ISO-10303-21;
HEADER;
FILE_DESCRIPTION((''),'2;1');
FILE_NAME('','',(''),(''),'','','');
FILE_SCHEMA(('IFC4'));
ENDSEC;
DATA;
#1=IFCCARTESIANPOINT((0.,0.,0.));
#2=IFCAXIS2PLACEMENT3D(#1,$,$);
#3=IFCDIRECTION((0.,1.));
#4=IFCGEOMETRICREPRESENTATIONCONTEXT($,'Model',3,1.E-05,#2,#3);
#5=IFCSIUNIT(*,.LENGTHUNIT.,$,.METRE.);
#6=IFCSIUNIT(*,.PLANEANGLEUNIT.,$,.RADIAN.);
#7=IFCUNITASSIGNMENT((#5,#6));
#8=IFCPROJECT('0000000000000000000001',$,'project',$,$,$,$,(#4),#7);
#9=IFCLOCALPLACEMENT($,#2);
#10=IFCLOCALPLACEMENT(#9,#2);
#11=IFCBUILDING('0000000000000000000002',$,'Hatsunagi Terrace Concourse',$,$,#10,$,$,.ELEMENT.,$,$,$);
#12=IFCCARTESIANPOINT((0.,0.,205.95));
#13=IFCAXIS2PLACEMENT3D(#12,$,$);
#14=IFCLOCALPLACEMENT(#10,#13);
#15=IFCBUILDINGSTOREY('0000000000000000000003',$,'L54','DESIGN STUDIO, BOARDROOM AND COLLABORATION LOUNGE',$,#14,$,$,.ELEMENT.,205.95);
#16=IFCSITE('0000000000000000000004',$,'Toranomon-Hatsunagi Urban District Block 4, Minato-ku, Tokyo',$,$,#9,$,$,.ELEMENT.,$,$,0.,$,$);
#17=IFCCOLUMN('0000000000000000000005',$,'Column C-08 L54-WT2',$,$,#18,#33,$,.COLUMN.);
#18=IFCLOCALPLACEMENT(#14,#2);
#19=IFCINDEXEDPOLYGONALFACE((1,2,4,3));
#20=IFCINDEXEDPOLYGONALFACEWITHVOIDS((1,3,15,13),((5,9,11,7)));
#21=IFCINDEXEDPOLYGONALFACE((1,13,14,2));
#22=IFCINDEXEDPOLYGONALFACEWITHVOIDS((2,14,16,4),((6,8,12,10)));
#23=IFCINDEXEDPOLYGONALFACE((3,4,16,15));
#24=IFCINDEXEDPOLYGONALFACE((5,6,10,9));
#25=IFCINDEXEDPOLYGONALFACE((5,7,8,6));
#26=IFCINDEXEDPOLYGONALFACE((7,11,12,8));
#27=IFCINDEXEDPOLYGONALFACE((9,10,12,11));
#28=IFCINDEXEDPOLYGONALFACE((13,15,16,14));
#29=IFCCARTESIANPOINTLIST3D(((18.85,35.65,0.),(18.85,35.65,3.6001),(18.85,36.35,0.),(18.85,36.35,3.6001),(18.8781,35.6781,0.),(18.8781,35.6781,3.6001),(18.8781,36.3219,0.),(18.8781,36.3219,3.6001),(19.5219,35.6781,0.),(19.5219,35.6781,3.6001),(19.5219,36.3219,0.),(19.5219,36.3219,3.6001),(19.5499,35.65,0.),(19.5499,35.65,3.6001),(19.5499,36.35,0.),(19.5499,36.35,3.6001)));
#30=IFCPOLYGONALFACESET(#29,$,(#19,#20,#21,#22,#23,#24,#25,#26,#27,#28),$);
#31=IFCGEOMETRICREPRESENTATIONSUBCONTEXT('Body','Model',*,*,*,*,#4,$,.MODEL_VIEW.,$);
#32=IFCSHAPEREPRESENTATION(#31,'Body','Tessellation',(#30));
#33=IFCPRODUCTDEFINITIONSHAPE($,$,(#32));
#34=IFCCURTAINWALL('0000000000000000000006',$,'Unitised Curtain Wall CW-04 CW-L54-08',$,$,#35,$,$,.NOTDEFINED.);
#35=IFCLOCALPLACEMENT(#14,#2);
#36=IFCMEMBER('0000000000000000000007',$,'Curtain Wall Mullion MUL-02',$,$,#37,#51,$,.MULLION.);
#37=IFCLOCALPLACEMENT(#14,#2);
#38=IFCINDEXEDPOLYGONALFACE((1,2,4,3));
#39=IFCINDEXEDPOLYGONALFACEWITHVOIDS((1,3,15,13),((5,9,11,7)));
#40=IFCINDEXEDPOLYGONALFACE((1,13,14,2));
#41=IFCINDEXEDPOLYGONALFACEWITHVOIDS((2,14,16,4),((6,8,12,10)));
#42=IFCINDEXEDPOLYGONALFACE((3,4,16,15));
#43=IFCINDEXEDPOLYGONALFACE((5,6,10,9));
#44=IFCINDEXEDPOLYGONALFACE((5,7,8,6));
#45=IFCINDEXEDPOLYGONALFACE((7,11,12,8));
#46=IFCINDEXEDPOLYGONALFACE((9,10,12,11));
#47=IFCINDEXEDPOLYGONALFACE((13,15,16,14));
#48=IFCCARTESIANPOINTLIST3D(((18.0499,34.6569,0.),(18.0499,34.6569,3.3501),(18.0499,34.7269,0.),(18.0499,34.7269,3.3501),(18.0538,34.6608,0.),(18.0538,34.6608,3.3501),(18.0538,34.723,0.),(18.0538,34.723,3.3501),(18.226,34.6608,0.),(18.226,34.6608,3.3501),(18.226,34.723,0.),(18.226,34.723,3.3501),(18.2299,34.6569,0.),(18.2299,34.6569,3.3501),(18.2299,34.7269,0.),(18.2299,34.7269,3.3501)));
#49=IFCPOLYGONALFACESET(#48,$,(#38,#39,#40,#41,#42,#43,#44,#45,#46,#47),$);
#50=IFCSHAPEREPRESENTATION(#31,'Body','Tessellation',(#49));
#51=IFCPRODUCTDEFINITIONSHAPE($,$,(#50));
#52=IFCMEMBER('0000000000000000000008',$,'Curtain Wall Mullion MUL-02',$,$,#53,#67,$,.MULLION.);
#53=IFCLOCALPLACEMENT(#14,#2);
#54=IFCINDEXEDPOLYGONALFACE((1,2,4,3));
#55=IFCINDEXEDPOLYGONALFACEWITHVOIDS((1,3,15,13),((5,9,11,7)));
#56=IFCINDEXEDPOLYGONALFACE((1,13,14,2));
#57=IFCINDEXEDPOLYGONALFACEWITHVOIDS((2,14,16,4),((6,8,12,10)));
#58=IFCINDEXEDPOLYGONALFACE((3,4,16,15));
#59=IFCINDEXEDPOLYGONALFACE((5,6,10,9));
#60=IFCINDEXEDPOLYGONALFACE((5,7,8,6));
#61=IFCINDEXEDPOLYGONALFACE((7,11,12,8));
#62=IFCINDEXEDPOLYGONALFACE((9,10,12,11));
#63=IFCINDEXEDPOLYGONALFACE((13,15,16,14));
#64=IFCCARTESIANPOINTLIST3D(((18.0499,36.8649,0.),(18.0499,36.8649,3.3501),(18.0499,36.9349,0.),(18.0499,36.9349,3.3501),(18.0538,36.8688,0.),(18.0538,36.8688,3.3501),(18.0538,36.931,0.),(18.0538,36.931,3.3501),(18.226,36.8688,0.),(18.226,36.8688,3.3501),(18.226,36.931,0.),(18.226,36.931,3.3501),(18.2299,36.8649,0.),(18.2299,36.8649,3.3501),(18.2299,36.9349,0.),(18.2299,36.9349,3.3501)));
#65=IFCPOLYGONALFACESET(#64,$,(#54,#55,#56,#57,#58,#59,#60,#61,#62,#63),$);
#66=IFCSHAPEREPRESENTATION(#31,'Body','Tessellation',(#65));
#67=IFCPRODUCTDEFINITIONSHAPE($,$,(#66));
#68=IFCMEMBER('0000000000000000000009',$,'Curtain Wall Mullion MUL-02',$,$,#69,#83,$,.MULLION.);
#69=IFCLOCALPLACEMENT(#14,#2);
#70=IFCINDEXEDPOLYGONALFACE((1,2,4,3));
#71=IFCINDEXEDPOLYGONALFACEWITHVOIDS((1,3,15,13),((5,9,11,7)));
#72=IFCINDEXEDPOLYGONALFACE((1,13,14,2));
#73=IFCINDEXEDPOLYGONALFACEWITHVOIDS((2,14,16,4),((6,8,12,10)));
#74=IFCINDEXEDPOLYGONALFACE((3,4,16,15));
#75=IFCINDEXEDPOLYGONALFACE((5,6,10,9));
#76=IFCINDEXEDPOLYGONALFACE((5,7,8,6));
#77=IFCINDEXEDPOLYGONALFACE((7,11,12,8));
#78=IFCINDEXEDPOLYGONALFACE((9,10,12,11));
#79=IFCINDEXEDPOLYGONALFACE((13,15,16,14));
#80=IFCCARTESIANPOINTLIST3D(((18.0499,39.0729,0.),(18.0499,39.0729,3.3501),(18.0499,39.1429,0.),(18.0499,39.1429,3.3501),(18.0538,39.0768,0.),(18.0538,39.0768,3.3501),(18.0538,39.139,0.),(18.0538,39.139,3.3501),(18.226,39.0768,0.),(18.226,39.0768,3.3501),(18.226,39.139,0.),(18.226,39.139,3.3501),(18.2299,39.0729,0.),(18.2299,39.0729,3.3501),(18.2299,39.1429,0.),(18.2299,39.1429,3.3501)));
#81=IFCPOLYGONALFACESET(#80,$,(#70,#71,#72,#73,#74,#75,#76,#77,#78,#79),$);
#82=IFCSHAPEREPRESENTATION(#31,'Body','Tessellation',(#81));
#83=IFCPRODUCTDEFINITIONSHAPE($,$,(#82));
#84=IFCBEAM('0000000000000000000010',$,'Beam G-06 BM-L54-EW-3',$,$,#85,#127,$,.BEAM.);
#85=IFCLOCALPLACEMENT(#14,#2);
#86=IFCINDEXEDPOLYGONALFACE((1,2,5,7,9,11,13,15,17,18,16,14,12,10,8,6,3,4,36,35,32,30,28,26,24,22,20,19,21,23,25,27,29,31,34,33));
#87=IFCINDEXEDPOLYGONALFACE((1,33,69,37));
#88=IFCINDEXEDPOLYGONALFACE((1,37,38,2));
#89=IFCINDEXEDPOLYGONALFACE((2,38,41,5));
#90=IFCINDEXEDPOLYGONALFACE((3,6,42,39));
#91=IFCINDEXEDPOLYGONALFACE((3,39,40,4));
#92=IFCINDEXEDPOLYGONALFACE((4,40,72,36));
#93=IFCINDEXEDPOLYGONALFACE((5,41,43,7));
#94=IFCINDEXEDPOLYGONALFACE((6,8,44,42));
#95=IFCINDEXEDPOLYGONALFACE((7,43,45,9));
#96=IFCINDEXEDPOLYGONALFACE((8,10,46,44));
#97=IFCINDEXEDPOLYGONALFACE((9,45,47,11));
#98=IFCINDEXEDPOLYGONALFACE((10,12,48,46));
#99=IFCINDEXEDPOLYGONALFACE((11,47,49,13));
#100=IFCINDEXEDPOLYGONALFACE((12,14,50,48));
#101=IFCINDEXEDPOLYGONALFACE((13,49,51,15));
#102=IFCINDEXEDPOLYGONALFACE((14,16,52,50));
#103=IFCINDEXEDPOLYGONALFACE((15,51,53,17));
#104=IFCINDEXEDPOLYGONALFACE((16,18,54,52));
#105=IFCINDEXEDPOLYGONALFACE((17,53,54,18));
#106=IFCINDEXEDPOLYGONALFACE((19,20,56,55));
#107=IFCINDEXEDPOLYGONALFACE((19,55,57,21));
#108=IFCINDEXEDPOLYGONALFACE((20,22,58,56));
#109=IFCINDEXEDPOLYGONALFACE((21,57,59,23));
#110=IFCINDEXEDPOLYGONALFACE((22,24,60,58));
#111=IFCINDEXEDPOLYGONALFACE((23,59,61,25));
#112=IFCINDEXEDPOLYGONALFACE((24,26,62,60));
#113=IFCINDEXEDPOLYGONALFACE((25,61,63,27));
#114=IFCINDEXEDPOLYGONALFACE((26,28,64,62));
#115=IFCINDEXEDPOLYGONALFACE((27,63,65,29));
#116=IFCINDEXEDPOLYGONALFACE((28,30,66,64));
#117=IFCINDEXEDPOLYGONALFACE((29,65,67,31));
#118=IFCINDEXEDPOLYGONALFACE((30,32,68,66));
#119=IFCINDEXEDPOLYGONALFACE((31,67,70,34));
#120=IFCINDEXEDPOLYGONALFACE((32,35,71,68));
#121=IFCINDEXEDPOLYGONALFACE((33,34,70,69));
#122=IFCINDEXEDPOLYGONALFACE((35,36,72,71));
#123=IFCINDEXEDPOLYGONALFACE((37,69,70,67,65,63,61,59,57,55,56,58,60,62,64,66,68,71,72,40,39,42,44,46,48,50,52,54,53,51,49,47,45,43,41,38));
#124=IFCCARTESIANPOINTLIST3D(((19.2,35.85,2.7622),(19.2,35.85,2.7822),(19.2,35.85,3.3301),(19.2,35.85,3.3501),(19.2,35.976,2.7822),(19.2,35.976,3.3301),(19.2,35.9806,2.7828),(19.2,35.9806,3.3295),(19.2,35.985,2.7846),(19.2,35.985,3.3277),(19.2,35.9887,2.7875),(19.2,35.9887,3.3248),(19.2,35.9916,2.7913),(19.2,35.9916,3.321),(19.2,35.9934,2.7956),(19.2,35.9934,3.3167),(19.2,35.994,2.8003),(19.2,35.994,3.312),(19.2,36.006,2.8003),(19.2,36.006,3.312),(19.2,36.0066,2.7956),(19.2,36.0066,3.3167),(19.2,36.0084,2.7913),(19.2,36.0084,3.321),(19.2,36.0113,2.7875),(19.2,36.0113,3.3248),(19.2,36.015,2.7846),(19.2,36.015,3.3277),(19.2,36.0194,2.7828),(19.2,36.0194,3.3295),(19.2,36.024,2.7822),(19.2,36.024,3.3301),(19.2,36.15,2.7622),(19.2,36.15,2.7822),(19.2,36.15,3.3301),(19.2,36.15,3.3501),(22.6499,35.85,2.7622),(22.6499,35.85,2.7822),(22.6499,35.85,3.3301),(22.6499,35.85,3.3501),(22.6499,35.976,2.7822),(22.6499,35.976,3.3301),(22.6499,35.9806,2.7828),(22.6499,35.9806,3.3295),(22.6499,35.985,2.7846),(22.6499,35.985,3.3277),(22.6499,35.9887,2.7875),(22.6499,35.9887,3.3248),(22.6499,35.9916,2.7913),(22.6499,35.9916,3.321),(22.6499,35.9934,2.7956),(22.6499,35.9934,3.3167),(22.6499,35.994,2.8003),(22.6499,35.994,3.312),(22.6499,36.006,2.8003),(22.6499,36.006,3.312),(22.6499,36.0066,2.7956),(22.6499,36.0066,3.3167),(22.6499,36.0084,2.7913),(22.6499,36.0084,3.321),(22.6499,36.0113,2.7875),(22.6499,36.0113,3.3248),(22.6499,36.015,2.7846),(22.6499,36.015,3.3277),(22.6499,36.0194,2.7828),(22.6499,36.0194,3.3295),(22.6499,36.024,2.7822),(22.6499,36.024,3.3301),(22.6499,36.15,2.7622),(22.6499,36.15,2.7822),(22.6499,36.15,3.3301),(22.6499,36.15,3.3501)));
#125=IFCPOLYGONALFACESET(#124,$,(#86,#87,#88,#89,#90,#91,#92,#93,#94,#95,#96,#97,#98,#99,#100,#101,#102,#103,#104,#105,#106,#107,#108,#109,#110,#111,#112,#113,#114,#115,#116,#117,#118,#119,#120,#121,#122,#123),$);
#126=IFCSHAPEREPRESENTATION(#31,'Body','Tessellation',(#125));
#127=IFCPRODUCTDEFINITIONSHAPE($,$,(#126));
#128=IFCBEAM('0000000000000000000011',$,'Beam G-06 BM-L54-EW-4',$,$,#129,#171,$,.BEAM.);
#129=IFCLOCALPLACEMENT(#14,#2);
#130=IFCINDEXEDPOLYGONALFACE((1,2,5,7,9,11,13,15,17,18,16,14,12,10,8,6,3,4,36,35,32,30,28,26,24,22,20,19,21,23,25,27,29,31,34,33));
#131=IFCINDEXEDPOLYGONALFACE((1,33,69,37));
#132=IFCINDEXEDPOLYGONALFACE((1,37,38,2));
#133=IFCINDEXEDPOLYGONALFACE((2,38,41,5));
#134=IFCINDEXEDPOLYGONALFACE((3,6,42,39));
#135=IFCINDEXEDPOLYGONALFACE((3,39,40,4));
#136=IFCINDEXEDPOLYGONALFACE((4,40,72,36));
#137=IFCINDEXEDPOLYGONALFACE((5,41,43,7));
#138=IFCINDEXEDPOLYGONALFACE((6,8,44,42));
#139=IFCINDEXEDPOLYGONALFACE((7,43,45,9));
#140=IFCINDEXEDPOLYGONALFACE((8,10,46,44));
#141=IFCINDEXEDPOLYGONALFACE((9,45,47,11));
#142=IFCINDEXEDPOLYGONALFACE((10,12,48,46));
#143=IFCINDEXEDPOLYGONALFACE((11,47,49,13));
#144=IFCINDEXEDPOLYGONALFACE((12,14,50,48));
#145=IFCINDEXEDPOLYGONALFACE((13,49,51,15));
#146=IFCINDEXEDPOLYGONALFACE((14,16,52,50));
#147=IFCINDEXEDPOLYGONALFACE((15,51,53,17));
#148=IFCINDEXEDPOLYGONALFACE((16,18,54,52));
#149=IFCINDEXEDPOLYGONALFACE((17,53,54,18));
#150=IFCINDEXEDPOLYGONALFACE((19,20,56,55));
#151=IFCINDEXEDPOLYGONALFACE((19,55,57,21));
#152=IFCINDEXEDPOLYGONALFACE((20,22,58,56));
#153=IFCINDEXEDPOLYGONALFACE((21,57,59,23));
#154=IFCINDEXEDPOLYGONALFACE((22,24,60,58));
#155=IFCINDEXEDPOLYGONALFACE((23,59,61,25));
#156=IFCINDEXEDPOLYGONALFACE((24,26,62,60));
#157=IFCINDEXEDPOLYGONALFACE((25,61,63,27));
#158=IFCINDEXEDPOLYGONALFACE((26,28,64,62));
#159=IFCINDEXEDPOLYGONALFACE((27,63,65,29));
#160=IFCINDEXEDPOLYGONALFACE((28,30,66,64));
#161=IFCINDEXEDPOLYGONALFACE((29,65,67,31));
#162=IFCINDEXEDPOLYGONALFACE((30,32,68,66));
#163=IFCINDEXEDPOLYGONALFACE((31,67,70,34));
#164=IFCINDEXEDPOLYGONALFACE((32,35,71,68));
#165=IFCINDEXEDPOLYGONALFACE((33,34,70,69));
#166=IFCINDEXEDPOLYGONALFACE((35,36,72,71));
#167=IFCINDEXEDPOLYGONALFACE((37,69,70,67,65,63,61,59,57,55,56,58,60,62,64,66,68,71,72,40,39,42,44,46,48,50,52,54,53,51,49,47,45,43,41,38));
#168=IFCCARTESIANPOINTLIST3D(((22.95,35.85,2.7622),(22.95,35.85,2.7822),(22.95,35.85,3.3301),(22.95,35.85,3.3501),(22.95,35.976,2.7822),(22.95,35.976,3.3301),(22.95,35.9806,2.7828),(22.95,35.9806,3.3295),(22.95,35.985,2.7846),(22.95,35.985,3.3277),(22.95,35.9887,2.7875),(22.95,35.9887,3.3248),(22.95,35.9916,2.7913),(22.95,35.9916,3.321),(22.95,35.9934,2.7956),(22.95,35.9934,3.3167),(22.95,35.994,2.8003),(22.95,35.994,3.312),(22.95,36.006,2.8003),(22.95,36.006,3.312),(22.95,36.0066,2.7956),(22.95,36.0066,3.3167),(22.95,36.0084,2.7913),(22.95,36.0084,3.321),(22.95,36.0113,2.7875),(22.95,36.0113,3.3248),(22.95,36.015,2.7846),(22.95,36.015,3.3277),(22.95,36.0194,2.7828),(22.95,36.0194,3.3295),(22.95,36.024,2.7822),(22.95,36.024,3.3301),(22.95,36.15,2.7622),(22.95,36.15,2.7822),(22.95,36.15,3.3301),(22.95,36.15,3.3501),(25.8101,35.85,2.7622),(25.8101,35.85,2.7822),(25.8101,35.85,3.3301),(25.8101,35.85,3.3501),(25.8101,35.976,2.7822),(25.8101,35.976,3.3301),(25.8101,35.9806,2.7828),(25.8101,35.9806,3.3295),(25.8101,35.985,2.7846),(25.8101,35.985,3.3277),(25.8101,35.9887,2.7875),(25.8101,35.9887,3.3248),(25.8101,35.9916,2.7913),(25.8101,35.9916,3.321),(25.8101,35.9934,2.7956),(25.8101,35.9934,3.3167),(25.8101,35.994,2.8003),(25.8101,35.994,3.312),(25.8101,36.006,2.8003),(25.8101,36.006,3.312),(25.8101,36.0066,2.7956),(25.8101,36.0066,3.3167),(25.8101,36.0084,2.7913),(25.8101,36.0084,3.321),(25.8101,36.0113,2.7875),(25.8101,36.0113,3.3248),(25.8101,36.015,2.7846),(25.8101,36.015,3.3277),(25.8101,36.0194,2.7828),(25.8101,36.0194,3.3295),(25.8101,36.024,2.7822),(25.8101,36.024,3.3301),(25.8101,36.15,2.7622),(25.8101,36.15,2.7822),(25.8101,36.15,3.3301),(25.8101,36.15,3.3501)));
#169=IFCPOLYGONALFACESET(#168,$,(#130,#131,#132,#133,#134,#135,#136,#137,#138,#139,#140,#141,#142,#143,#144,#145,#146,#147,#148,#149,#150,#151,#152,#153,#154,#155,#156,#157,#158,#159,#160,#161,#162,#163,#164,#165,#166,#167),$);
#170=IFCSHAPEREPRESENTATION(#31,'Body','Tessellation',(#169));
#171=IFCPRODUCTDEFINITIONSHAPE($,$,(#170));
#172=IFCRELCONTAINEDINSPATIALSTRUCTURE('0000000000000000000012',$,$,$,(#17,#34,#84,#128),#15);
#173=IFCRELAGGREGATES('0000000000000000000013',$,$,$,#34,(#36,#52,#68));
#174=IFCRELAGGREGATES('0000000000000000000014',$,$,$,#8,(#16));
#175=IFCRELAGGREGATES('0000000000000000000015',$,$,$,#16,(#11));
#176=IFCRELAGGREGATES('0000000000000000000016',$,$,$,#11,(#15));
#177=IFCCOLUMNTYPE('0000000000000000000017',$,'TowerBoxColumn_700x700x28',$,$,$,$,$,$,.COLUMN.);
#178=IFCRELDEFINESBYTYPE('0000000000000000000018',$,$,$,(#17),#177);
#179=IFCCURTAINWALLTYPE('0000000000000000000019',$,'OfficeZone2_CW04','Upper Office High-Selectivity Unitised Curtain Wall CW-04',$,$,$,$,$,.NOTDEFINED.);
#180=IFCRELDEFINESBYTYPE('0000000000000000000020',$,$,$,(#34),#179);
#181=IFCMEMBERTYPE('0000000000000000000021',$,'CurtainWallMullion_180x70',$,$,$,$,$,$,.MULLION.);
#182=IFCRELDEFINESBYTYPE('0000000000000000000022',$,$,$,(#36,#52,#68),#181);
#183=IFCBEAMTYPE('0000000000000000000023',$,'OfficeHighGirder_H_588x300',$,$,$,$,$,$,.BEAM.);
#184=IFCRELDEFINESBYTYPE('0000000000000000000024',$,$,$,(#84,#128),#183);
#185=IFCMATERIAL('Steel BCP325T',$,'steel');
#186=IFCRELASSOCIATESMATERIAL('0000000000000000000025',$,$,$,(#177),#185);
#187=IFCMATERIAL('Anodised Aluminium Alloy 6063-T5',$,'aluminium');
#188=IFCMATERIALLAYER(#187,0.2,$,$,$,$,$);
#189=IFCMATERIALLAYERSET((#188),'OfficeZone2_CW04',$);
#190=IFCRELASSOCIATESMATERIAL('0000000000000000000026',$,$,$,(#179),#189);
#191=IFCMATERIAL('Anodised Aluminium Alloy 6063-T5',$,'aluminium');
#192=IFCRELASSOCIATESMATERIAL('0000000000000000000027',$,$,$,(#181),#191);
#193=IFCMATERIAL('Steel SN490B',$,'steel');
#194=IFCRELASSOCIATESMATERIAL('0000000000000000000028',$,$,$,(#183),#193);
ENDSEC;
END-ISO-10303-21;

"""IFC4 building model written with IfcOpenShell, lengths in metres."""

from ifc_helpers import new_model, si_unit, direction, frame, origin, origin_2d, place, context, subcontext, project, spatial, hollow_rectangle, i_section, extrude, material, layer, layer_set, material_profile, profile_set, type_object, element, aggregate, save


model = new_model("IFC4")

# Units and contexts
model_context = context("Model", 3, precision=1e-05, world=origin(), true_north=direction((0.0, 1.0)))
body_context = subcontext(model_context, "Body", "Model", "MODEL_VIEW")
ifc_project = project(units=[si_unit("LENGTHUNIT", "METRE"), si_unit("PLANEANGLEUNIT", "RADIAN")], contexts=[model_context])

# Site, building, storey
site_placement = place(None, origin())
site = spatial("IfcSite", under=ifc_project, at=site_placement, Name="Toranomon-Hatsunagi Urban District Block 4, Minato-ku, Tokyo", CompositionType="ELEMENT", RefElevation=0.0)
building_placement = place(site_placement, origin())
building = spatial("IfcBuilding", under=site, at=building_placement, Name="Hatsunagi Terrace Concourse", CompositionType="ELEMENT")
storey_placement = place(building_placement, frame((0.0, 0.0, 205.95)))
storey = spatial("IfcBuildingStorey", under=building, at=storey_placement, Name="L54", Description="DESIGN STUDIO, BOARDROOM AND COLLABORATION LOUNGE", CompositionType="ELEMENT", Elevation=205.95)

# Column
ifc_material_1 = material(Name="Steel BCP325T", Category="steel")
ifc_material_profile_1 = material_profile(ifc_material_1, hollow_rectangle(XDim=0.7, YDim=0.7, WallThickness=0.0281, at=origin_2d()), Name="BCP-700x700x28")
ifc_profile_set_1 = profile_set([ifc_material_profile_1], Name="Steel BCP325T")
column_type = type_object("IfcColumnType", Name="TowerBoxColumn_700x700x28", PredefinedType="COLUMN", material=ifc_profile_set_1)
column_placement = place(storey_placement, frame((19.2, 36.0, 0.0), z_axis=(0.0, 0.0, 1.0), x_axis=(1.0, 0.0, 0.0)))
element("IfcColumn", 1, at=column_placement, inside=storey, type_object=column_type, Name="Column C-08 L54-WT2", PredefinedType="COLUMN", context=body_context, shape_type="SweptSolid", body=[
    extrude(hollow_rectangle(XDim=0.7, YDim=0.7, WallThickness=0.0281, at=origin_2d()), origin(), (0.0, 0.0, 1.0), 3.6001),
])

# Curtain wall, members
ifc_material_2 = material(Name="Anodised Aluminium Alloy 6063-T5", Category="aluminium")
ifc_layer_1 = layer(ifc_material_2, 0.2)
ifc_layer_set_1 = layer_set([ifc_layer_1], Name="OfficeZone2_CW04")
curtain_wall_type = type_object("IfcCurtainWallType", Name="OfficeZone2_CW04", Description="Upper Office High-Selectivity Unitised Curtain Wall CW-04", PredefinedType="NOTDEFINED", material=ifc_layer_set_1)
curtain_wall_placement = place(storey_placement, origin())
curtain_wall = element("IfcCurtainWall", 2, at=curtain_wall_placement, inside=storey, type_object=curtain_wall_type, Name="Unitised Curtain Wall CW-04 CW-L54-08", PredefinedType="NOTDEFINED")
ifc_material_3 = material(Name="Anodised Aluminium Alloy 6063-T5", Category="aluminium")
ifc_material_profile_2 = material_profile(ifc_material_3, hollow_rectangle(XDim=0.0701, YDim=0.1799, WallThickness=0.0039, at=origin_2d()), Name="ALU-MUL-180x70x4")
ifc_profile_set_2 = profile_set([ifc_material_profile_2], Name="Anodised Aluminium Alloy 6063-T5")
member_type = type_object("IfcMemberType", Name="CurtainWallMullion_180x70", PredefinedType="MULLION", material=ifc_profile_set_2)
member_1_placement = place(storey_placement, frame((18.1399, 34.6919, 0.0), z_axis=(0.0, 0.0, 1.0), x_axis=(0.0, 1.0, 0.0)))
member_1 = element("IfcMember", 3, at=member_1_placement, type_object=member_type, Name="Curtain Wall Mullion MUL-02", PredefinedType="MULLION", context=body_context, shape_type="SweptSolid", body=[
    extrude(hollow_rectangle(XDim=0.0701, YDim=0.1799, WallThickness=0.0039, at=origin_2d()), origin(), (0.0, 0.0, 1.0), 3.3501),
])
member_2_placement = place(storey_placement, frame((18.1399, 36.8999, 0.0), z_axis=(0.0, 0.0, 1.0), x_axis=(0.0, 1.0, 0.0)))
member_2 = element("IfcMember", 4, at=member_2_placement, type_object=member_type, Name="Curtain Wall Mullion MUL-02", PredefinedType="MULLION", context=body_context, shape_type="SweptSolid", body=[
    extrude(hollow_rectangle(XDim=0.0701, YDim=0.1799, WallThickness=0.0039, at=origin_2d()), origin(), (0.0, 0.0, 1.0), 3.3501),
])
member_3_placement = place(storey_placement, frame((18.1399, 39.1079, 0.0), z_axis=(0.0, 0.0, 1.0), x_axis=(0.0, 1.0, 0.0)))
member_3 = element("IfcMember", 5, at=member_3_placement, type_object=member_type, Name="Curtain Wall Mullion MUL-02", PredefinedType="MULLION", context=body_context, shape_type="SweptSolid", body=[
    extrude(hollow_rectangle(XDim=0.0701, YDim=0.1799, WallThickness=0.0039, at=origin_2d()), origin(), (0.0, 0.0, 1.0), 3.3501),
])

# Beams
ifc_material_4 = material(Name="Steel SN490B", Category="steel")
ifc_material_profile_3 = material_profile(ifc_material_4, i_section(OverallWidth=0.3, OverallDepth=0.5879, WebThickness=0.012, FlangeThickness=0.02, FilletRadius=0.0181, at=origin_2d()), Name="H-588x300x12x20")
ifc_profile_set_3 = profile_set([ifc_material_profile_3], Name="Steel SN490B")
beam_type_1 = type_object("IfcBeamType", Name="OfficeHighGirder_H_588x300", PredefinedType="BEAM", material=ifc_profile_set_3)
beam_1_placement = place(storey_placement, frame((19.2, 36.0, 3.0562), z_axis=(1.0, 0.0, 0.0), x_axis=(0.0, 1.0, 0.0)))
element("IfcBeam", 6, at=beam_1_placement, inside=storey, type_object=beam_type_1, Name="Beam G-06 BM-L54-EW-3", PredefinedType="BEAM", context=body_context, shape_type="SweptSolid", body=[
    extrude(i_section(OverallWidth=0.3, OverallDepth=0.5879, WebThickness=0.012, FlangeThickness=0.02, FilletRadius=0.0181, at=origin_2d()), origin(), (0.0, 0.0, 1.0), 3.45),
])
beam_2_placement = place(storey_placement, frame((22.95, 36.0, 3.0562), z_axis=(1.0, 0.0, 0.0), x_axis=(0.0, 1.0, 0.0)))
element("IfcBeam", 7, at=beam_2_placement, inside=storey, type_object=beam_type_1, Name="Beam G-06 BM-L54-EW-4", PredefinedType="BEAM", context=body_context, shape_type="SweptSolid", body=[
    extrude(i_section(OverallWidth=0.3, OverallDepth=0.5879, WebThickness=0.012, FlangeThickness=0.02, FilletRadius=0.0181, at=origin_2d()), origin(), (0.0, 0.0, 1.0), 2.8601),
])

aggregate(curtain_wall, [member_1, member_2, member_3])

save(model, "model.ifc")
